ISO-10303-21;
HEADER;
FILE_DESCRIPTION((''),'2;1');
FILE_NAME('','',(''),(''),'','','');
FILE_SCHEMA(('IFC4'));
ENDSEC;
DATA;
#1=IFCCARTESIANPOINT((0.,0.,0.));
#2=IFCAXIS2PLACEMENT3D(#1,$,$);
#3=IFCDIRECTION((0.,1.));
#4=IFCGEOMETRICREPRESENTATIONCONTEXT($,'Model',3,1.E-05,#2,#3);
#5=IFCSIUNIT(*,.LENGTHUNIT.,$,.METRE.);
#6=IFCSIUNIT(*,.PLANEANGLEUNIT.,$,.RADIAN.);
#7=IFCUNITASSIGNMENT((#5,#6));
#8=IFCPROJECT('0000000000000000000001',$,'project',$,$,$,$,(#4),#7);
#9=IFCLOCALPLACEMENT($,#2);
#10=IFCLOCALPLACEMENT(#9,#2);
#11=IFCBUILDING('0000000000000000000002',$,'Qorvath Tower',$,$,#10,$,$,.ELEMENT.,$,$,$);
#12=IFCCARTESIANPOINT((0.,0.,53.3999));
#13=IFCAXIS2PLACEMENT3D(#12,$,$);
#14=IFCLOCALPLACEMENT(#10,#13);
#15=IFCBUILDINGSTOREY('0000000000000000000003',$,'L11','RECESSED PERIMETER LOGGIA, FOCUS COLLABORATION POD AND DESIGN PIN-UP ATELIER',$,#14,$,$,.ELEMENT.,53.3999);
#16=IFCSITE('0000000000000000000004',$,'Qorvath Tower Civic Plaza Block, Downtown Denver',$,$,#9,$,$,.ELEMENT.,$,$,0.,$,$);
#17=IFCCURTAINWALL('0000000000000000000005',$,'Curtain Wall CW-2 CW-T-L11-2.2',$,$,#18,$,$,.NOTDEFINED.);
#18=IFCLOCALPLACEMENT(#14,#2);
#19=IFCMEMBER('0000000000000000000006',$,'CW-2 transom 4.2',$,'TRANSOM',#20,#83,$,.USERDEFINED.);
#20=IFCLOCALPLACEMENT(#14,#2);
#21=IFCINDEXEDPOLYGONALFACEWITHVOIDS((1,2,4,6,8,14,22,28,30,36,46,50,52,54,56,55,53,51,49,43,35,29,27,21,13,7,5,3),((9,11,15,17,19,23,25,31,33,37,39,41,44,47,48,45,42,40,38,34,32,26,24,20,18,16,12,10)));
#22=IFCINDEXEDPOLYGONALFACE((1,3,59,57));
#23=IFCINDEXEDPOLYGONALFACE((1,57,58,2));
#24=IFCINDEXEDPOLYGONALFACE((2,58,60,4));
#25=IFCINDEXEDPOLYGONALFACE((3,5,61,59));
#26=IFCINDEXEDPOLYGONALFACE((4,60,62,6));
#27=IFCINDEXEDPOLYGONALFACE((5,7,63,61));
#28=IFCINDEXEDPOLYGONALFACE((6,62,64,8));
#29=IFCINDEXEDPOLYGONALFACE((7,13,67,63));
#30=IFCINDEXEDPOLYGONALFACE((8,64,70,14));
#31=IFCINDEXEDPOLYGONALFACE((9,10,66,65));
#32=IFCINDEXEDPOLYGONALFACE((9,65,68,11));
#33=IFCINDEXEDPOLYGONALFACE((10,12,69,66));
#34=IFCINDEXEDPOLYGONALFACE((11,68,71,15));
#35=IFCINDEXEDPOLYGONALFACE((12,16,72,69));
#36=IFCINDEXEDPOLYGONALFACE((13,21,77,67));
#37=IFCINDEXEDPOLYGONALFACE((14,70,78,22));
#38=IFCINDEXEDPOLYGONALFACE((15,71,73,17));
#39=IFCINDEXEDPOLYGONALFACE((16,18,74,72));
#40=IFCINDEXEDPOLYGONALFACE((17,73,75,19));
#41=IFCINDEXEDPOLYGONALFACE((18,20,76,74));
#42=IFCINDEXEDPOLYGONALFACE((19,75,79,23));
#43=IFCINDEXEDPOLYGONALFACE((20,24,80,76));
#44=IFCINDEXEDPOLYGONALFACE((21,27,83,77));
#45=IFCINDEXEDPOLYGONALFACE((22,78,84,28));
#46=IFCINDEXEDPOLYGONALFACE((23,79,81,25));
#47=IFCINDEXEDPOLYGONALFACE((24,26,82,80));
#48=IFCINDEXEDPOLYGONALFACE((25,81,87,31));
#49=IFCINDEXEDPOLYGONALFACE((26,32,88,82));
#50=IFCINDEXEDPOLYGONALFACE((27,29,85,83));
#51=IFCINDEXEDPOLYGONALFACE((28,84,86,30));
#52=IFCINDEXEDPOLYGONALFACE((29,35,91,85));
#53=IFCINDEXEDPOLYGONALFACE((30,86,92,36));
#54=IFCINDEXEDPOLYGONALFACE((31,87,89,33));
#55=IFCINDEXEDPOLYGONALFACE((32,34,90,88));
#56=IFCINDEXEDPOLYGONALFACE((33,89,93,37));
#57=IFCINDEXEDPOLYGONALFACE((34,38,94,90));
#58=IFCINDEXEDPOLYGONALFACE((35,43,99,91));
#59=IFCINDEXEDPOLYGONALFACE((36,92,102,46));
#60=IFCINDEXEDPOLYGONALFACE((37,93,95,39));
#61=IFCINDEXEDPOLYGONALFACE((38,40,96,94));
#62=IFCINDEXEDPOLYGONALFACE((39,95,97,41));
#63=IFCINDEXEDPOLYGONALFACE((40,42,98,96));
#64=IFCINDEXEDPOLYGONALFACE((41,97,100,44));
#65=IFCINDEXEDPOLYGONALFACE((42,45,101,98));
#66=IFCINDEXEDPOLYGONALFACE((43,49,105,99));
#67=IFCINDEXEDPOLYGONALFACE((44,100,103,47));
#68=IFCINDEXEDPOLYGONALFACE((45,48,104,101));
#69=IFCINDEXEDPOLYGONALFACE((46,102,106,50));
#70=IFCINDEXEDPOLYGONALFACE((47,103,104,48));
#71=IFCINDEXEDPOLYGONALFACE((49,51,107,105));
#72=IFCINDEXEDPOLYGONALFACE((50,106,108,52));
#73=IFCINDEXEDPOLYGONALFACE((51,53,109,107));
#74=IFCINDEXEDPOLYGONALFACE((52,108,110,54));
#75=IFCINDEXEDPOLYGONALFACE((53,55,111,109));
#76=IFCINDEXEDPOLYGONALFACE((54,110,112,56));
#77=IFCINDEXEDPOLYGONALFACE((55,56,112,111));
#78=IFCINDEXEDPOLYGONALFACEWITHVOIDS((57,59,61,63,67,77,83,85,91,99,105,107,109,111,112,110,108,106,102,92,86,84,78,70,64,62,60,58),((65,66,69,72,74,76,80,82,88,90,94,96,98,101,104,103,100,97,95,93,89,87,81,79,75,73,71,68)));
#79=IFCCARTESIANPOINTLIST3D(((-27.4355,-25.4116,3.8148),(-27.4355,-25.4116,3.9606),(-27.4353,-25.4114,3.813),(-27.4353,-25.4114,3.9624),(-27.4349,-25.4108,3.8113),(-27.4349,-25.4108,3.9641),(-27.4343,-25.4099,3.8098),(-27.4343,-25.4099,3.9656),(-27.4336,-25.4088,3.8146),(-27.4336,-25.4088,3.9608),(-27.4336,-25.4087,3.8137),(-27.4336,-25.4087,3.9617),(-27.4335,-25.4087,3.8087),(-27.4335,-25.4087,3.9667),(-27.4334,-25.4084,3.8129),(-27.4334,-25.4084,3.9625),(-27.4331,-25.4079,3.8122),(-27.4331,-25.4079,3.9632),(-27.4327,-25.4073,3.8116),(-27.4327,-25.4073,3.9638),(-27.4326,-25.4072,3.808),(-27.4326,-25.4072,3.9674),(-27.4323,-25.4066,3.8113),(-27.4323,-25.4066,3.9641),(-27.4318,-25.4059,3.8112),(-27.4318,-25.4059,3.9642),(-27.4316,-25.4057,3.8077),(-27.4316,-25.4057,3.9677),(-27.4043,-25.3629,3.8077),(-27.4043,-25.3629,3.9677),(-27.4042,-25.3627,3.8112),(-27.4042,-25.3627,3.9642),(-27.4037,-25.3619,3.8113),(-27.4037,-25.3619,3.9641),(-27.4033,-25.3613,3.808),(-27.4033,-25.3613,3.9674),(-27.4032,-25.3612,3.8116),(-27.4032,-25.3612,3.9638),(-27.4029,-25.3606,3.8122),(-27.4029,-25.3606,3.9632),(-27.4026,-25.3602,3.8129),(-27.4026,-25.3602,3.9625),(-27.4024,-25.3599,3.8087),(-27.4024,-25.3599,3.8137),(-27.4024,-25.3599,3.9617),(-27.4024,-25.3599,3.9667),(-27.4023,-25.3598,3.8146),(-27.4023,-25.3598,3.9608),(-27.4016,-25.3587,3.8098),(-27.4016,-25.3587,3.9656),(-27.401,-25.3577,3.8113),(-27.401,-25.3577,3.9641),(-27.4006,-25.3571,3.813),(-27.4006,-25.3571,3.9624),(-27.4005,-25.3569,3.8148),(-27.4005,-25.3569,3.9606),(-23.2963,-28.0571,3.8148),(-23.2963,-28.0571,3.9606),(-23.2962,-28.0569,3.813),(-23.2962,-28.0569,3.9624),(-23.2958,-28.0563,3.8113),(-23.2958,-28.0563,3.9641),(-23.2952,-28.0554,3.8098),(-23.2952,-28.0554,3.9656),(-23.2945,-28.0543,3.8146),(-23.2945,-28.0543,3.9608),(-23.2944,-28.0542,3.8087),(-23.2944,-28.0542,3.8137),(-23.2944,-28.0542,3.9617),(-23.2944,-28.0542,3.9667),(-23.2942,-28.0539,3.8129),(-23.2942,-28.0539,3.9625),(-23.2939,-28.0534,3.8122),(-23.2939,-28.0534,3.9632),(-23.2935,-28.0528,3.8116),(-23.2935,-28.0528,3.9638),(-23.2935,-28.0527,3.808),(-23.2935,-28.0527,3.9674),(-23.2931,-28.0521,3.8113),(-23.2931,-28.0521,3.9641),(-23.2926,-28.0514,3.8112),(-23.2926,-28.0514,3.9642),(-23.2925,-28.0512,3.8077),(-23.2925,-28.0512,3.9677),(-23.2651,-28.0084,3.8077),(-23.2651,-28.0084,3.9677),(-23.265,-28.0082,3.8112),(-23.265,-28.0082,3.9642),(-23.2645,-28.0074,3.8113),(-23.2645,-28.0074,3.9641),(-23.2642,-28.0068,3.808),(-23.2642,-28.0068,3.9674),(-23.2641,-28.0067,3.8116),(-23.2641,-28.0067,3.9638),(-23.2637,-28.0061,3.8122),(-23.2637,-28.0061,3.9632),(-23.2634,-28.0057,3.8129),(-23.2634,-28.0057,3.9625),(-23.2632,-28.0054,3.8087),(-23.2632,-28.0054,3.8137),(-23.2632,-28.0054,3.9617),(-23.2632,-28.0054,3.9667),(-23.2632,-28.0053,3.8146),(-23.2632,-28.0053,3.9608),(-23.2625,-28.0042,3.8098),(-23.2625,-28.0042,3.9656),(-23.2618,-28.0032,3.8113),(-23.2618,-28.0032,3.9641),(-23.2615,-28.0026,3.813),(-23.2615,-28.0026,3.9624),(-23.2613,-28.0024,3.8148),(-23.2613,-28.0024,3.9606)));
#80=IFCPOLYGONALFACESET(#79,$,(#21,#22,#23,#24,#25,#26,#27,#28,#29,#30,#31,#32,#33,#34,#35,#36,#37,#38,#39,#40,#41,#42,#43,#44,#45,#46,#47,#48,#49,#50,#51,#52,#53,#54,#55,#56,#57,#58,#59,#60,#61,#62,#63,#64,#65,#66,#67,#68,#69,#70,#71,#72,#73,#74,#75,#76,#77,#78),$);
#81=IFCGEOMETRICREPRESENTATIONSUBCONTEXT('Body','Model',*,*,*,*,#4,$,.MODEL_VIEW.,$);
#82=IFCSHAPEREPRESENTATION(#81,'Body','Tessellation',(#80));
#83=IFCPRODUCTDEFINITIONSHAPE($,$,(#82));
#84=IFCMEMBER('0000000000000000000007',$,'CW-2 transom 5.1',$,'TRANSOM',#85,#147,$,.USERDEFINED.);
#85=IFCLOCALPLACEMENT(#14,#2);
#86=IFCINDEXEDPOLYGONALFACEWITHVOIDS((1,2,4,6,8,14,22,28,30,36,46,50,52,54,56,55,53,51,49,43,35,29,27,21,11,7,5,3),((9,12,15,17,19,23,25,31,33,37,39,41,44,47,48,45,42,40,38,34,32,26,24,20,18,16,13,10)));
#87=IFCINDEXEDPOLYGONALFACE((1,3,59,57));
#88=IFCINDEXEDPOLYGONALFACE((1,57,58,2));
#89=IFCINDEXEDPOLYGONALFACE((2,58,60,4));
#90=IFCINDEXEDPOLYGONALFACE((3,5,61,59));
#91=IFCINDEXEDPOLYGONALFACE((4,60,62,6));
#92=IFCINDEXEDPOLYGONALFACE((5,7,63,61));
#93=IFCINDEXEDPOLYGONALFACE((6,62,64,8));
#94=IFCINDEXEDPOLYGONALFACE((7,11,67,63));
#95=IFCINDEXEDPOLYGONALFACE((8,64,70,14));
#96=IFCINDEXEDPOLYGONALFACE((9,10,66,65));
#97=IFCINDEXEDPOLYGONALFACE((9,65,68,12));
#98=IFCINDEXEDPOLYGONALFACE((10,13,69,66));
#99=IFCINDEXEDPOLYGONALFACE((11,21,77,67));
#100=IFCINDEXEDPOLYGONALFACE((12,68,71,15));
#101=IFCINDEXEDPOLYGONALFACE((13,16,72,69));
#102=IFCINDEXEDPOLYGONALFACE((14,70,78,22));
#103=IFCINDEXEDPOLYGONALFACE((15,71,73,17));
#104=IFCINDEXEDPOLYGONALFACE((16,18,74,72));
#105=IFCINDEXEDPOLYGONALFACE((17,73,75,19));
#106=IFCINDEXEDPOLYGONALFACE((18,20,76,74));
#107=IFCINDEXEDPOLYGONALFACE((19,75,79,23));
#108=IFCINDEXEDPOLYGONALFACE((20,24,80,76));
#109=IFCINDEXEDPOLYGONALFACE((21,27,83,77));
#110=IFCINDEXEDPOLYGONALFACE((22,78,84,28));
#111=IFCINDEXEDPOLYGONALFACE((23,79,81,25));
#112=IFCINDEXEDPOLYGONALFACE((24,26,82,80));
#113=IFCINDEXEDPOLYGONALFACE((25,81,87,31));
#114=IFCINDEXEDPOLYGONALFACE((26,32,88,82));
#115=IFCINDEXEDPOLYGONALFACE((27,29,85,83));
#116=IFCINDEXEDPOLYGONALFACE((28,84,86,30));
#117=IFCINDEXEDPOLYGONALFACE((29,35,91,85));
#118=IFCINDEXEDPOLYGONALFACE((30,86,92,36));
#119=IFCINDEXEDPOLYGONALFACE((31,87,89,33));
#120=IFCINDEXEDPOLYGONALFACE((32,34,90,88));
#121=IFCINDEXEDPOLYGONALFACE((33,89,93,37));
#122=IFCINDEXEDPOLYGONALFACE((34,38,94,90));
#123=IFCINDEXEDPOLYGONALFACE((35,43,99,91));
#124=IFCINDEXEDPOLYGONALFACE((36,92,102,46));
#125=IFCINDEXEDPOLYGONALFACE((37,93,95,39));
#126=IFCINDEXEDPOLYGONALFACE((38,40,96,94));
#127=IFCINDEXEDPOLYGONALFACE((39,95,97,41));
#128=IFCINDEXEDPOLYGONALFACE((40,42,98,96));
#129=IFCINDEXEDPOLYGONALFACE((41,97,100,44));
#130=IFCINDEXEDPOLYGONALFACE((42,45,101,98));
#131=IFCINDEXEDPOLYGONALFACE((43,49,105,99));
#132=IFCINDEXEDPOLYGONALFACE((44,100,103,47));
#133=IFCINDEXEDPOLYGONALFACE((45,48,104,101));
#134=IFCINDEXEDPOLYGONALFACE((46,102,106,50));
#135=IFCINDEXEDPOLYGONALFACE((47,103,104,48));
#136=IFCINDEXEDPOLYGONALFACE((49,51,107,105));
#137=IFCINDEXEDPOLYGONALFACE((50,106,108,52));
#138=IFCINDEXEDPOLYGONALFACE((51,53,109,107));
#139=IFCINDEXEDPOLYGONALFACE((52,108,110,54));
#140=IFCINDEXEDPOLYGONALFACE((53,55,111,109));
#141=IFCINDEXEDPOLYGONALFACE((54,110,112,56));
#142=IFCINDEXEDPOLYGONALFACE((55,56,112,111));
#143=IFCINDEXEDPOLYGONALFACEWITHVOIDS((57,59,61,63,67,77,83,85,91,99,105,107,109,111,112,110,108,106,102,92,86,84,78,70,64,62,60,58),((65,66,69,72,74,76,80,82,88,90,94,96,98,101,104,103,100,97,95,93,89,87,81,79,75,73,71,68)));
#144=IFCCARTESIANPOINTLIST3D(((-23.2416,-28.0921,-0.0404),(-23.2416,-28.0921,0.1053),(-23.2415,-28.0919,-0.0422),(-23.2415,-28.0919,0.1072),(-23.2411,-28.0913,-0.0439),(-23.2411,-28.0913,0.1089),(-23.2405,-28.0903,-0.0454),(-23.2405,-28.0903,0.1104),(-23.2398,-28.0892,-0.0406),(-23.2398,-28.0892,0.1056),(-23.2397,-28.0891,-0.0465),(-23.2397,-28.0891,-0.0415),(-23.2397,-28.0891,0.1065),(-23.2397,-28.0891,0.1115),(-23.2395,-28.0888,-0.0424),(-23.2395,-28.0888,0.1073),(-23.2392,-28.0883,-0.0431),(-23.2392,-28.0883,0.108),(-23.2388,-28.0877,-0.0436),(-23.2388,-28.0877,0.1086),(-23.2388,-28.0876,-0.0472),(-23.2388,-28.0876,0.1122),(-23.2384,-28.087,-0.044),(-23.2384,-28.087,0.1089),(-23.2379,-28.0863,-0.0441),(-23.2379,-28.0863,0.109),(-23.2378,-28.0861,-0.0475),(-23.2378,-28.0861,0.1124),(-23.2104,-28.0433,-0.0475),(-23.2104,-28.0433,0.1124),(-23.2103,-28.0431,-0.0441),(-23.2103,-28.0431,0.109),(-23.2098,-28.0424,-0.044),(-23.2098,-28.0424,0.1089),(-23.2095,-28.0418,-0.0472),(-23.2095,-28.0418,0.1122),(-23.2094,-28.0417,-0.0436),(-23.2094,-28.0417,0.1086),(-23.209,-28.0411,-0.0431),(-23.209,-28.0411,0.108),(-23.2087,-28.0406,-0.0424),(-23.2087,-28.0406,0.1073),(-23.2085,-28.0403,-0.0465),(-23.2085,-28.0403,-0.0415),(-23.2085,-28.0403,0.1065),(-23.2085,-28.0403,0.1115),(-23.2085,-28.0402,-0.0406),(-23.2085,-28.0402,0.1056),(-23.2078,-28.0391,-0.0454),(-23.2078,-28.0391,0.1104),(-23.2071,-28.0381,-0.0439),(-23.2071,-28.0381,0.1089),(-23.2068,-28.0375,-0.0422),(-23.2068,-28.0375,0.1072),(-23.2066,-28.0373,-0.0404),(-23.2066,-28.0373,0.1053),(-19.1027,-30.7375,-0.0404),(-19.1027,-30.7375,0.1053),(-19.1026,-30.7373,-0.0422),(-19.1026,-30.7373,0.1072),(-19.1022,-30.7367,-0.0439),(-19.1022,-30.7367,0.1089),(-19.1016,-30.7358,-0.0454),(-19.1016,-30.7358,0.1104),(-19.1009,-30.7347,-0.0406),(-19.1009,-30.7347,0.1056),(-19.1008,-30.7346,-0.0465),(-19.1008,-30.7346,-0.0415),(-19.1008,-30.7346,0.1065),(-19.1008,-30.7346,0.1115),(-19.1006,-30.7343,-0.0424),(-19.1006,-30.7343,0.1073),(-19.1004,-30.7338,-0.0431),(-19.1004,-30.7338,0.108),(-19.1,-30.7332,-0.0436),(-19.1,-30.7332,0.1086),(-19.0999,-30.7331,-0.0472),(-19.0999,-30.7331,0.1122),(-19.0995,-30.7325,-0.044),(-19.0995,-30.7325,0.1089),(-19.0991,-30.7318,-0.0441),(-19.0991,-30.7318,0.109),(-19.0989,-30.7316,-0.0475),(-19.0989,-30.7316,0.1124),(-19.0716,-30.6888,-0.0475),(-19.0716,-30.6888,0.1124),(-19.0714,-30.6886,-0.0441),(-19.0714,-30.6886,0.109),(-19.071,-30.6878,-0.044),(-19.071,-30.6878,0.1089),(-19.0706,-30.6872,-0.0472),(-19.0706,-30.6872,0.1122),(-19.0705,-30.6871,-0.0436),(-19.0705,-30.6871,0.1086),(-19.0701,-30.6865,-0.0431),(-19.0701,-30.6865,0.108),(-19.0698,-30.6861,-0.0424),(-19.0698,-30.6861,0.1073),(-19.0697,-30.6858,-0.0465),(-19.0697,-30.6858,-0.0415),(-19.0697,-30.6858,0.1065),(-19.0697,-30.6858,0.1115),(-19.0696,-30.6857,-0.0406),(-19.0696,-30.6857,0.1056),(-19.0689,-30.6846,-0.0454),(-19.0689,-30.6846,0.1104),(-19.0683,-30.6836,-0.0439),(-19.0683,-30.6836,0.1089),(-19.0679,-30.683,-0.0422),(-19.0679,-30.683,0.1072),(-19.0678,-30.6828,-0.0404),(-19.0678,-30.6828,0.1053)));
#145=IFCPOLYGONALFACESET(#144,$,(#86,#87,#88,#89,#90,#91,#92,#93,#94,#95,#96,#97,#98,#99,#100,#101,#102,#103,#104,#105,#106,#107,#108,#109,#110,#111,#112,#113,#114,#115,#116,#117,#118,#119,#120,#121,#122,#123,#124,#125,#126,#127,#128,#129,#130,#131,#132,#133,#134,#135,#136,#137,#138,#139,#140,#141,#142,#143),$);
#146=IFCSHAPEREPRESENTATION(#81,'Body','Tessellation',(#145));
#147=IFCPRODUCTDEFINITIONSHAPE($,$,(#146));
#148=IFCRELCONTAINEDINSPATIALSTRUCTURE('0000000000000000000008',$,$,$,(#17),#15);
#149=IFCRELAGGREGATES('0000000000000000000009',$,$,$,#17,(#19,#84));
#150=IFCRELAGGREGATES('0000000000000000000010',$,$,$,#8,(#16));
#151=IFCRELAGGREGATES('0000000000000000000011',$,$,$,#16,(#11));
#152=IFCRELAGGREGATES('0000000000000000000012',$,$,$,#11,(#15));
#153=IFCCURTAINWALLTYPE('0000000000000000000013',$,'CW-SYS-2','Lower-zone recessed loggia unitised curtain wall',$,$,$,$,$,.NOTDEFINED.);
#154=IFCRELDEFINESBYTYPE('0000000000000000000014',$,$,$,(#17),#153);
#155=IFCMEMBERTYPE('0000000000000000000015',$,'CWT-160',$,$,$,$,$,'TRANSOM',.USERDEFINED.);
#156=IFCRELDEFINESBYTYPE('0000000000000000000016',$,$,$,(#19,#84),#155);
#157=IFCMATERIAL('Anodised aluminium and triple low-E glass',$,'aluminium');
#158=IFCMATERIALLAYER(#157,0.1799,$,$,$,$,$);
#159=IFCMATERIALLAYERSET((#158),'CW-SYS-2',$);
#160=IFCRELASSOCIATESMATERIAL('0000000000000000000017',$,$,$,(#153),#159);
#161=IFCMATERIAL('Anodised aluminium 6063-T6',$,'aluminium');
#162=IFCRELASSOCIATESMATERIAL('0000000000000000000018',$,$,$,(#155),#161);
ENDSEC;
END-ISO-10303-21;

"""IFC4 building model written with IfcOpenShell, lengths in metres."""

from ifc_helpers import new_model, si_unit, direction, frame, origin, origin_2d, place, context, subcontext, project, spatial, hollow_rectangle, extrude, material, layer, layer_set, material_profile, profile_set, type_object, element, aggregate, save


model = new_model("IFC4")

# Units and contexts
model_context = context("Model", 3, precision=1e-05, world=origin(), true_north=direction((0.0, 1.0)))
body_context = subcontext(model_context, "Body", "Model", "MODEL_VIEW")
ifc_project = project(units=[si_unit("LENGTHUNIT", "METRE"), si_unit("PLANEANGLEUNIT", "RADIAN")], contexts=[model_context])

# Site, building, storey
site_placement = place(None, origin())
site = spatial("IfcSite", under=ifc_project, at=site_placement, Name="Qorvath Tower Civic Plaza Block, Downtown Denver", CompositionType="ELEMENT", RefElevation=0.0)
building_placement = place(site_placement, origin())
building = spatial("IfcBuilding", under=site, at=building_placement, Name="Qorvath Tower", CompositionType="ELEMENT")
storey_placement = place(building_placement, frame((0.0, 0.0, 53.3999)))
storey = spatial("IfcBuildingStorey", under=building, at=storey_placement, Name="L11", Description="RECESSED PERIMETER LOGGIA, FOCUS COLLABORATION POD AND DESIGN PIN-UP ATELIER", CompositionType="ELEMENT", Elevation=53.3999)

# Curtain wall, members
ifc_material_1 = material(Name="Anodised aluminium and triple low-E glass", Category="aluminium")
ifc_layer_1 = layer(ifc_material_1, 0.1799)
ifc_layer_set_1 = layer_set([ifc_layer_1], Name="CW-SYS-2")
curtain_wall_type = type_object("IfcCurtainWallType", Name="CW-SYS-2", Description="Lower-zone recessed loggia unitised curtain wall", PredefinedType="NOTDEFINED", material=ifc_layer_set_1)
curtain_wall_placement = place(storey_placement, origin())
curtain_wall = element("IfcCurtainWall", 1, at=curtain_wall_placement, inside=storey, type_object=curtain_wall_type, Name="Curtain Wall CW-2 CW-T-L11-2.2", PredefinedType="NOTDEFINED")
ifc_material_2 = material(Name="Anodised aluminium 6063-T6", Category="aluminium")
ifc_material_profile_1 = material_profile(ifc_material_2, hollow_rectangle(XDim=0.0649, YDim=0.1599, WallThickness=0.0034, InnerFilletRadius=0.0034, OuterFilletRadius=0.0071, at=origin_2d()), Name="CWT 160x65")
ifc_profile_set_1 = profile_set([ifc_material_profile_1], Name="Anodised aluminium 6063-T6")
member_type_1 = type_object("IfcMemberType", Name="CWT-160", ElementType="TRANSOM", PredefinedType="USERDEFINED", material=ifc_profile_set_1)
member_1_placement = place(storey_placement, frame((-27.418, -25.3843, 3.8877), z_axis=(0.8426, -0.53854, 0.0), x_axis=(0.53854, 0.8426, 0.0)))
member_1 = element("IfcMember", 2, at=member_1_placement, type_object=member_type_1, Name="CW-2 transom 4.2", ObjectType="TRANSOM", PredefinedType="USERDEFINED", context=body_context, shape_type="SweptSolid", body=[
    extrude(hollow_rectangle(XDim=0.0649, YDim=0.1599, WallThickness=0.0034, InnerFilletRadius=0.0034, OuterFilletRadius=0.0071, at=origin_2d()), origin(), (0.0, 0.0, 1.0), 4.9124),
])
member_2_placement = place(storey_placement, frame((-23.2241, -28.0647, 0.0325), z_axis=(0.842585, -0.538563, 0.0), x_axis=(0.538563, 0.842585, 0.0)))
member_2 = element("IfcMember", 3, at=member_2_placement, type_object=member_type_1, Name="CW-2 transom 5.1", ObjectType="TRANSOM", PredefinedType="USERDEFINED", context=body_context, shape_type="SweptSolid", body=[
    extrude(hollow_rectangle(XDim=0.0649, YDim=0.1599, WallThickness=0.0034, InnerFilletRadius=0.0034, OuterFilletRadius=0.0071, at=origin_2d()), origin(), (0.0, 0.0, 1.0), 4.9121),
])
aggregate(curtain_wall, [member_1, member_2])

save(model, "model.ifc")
